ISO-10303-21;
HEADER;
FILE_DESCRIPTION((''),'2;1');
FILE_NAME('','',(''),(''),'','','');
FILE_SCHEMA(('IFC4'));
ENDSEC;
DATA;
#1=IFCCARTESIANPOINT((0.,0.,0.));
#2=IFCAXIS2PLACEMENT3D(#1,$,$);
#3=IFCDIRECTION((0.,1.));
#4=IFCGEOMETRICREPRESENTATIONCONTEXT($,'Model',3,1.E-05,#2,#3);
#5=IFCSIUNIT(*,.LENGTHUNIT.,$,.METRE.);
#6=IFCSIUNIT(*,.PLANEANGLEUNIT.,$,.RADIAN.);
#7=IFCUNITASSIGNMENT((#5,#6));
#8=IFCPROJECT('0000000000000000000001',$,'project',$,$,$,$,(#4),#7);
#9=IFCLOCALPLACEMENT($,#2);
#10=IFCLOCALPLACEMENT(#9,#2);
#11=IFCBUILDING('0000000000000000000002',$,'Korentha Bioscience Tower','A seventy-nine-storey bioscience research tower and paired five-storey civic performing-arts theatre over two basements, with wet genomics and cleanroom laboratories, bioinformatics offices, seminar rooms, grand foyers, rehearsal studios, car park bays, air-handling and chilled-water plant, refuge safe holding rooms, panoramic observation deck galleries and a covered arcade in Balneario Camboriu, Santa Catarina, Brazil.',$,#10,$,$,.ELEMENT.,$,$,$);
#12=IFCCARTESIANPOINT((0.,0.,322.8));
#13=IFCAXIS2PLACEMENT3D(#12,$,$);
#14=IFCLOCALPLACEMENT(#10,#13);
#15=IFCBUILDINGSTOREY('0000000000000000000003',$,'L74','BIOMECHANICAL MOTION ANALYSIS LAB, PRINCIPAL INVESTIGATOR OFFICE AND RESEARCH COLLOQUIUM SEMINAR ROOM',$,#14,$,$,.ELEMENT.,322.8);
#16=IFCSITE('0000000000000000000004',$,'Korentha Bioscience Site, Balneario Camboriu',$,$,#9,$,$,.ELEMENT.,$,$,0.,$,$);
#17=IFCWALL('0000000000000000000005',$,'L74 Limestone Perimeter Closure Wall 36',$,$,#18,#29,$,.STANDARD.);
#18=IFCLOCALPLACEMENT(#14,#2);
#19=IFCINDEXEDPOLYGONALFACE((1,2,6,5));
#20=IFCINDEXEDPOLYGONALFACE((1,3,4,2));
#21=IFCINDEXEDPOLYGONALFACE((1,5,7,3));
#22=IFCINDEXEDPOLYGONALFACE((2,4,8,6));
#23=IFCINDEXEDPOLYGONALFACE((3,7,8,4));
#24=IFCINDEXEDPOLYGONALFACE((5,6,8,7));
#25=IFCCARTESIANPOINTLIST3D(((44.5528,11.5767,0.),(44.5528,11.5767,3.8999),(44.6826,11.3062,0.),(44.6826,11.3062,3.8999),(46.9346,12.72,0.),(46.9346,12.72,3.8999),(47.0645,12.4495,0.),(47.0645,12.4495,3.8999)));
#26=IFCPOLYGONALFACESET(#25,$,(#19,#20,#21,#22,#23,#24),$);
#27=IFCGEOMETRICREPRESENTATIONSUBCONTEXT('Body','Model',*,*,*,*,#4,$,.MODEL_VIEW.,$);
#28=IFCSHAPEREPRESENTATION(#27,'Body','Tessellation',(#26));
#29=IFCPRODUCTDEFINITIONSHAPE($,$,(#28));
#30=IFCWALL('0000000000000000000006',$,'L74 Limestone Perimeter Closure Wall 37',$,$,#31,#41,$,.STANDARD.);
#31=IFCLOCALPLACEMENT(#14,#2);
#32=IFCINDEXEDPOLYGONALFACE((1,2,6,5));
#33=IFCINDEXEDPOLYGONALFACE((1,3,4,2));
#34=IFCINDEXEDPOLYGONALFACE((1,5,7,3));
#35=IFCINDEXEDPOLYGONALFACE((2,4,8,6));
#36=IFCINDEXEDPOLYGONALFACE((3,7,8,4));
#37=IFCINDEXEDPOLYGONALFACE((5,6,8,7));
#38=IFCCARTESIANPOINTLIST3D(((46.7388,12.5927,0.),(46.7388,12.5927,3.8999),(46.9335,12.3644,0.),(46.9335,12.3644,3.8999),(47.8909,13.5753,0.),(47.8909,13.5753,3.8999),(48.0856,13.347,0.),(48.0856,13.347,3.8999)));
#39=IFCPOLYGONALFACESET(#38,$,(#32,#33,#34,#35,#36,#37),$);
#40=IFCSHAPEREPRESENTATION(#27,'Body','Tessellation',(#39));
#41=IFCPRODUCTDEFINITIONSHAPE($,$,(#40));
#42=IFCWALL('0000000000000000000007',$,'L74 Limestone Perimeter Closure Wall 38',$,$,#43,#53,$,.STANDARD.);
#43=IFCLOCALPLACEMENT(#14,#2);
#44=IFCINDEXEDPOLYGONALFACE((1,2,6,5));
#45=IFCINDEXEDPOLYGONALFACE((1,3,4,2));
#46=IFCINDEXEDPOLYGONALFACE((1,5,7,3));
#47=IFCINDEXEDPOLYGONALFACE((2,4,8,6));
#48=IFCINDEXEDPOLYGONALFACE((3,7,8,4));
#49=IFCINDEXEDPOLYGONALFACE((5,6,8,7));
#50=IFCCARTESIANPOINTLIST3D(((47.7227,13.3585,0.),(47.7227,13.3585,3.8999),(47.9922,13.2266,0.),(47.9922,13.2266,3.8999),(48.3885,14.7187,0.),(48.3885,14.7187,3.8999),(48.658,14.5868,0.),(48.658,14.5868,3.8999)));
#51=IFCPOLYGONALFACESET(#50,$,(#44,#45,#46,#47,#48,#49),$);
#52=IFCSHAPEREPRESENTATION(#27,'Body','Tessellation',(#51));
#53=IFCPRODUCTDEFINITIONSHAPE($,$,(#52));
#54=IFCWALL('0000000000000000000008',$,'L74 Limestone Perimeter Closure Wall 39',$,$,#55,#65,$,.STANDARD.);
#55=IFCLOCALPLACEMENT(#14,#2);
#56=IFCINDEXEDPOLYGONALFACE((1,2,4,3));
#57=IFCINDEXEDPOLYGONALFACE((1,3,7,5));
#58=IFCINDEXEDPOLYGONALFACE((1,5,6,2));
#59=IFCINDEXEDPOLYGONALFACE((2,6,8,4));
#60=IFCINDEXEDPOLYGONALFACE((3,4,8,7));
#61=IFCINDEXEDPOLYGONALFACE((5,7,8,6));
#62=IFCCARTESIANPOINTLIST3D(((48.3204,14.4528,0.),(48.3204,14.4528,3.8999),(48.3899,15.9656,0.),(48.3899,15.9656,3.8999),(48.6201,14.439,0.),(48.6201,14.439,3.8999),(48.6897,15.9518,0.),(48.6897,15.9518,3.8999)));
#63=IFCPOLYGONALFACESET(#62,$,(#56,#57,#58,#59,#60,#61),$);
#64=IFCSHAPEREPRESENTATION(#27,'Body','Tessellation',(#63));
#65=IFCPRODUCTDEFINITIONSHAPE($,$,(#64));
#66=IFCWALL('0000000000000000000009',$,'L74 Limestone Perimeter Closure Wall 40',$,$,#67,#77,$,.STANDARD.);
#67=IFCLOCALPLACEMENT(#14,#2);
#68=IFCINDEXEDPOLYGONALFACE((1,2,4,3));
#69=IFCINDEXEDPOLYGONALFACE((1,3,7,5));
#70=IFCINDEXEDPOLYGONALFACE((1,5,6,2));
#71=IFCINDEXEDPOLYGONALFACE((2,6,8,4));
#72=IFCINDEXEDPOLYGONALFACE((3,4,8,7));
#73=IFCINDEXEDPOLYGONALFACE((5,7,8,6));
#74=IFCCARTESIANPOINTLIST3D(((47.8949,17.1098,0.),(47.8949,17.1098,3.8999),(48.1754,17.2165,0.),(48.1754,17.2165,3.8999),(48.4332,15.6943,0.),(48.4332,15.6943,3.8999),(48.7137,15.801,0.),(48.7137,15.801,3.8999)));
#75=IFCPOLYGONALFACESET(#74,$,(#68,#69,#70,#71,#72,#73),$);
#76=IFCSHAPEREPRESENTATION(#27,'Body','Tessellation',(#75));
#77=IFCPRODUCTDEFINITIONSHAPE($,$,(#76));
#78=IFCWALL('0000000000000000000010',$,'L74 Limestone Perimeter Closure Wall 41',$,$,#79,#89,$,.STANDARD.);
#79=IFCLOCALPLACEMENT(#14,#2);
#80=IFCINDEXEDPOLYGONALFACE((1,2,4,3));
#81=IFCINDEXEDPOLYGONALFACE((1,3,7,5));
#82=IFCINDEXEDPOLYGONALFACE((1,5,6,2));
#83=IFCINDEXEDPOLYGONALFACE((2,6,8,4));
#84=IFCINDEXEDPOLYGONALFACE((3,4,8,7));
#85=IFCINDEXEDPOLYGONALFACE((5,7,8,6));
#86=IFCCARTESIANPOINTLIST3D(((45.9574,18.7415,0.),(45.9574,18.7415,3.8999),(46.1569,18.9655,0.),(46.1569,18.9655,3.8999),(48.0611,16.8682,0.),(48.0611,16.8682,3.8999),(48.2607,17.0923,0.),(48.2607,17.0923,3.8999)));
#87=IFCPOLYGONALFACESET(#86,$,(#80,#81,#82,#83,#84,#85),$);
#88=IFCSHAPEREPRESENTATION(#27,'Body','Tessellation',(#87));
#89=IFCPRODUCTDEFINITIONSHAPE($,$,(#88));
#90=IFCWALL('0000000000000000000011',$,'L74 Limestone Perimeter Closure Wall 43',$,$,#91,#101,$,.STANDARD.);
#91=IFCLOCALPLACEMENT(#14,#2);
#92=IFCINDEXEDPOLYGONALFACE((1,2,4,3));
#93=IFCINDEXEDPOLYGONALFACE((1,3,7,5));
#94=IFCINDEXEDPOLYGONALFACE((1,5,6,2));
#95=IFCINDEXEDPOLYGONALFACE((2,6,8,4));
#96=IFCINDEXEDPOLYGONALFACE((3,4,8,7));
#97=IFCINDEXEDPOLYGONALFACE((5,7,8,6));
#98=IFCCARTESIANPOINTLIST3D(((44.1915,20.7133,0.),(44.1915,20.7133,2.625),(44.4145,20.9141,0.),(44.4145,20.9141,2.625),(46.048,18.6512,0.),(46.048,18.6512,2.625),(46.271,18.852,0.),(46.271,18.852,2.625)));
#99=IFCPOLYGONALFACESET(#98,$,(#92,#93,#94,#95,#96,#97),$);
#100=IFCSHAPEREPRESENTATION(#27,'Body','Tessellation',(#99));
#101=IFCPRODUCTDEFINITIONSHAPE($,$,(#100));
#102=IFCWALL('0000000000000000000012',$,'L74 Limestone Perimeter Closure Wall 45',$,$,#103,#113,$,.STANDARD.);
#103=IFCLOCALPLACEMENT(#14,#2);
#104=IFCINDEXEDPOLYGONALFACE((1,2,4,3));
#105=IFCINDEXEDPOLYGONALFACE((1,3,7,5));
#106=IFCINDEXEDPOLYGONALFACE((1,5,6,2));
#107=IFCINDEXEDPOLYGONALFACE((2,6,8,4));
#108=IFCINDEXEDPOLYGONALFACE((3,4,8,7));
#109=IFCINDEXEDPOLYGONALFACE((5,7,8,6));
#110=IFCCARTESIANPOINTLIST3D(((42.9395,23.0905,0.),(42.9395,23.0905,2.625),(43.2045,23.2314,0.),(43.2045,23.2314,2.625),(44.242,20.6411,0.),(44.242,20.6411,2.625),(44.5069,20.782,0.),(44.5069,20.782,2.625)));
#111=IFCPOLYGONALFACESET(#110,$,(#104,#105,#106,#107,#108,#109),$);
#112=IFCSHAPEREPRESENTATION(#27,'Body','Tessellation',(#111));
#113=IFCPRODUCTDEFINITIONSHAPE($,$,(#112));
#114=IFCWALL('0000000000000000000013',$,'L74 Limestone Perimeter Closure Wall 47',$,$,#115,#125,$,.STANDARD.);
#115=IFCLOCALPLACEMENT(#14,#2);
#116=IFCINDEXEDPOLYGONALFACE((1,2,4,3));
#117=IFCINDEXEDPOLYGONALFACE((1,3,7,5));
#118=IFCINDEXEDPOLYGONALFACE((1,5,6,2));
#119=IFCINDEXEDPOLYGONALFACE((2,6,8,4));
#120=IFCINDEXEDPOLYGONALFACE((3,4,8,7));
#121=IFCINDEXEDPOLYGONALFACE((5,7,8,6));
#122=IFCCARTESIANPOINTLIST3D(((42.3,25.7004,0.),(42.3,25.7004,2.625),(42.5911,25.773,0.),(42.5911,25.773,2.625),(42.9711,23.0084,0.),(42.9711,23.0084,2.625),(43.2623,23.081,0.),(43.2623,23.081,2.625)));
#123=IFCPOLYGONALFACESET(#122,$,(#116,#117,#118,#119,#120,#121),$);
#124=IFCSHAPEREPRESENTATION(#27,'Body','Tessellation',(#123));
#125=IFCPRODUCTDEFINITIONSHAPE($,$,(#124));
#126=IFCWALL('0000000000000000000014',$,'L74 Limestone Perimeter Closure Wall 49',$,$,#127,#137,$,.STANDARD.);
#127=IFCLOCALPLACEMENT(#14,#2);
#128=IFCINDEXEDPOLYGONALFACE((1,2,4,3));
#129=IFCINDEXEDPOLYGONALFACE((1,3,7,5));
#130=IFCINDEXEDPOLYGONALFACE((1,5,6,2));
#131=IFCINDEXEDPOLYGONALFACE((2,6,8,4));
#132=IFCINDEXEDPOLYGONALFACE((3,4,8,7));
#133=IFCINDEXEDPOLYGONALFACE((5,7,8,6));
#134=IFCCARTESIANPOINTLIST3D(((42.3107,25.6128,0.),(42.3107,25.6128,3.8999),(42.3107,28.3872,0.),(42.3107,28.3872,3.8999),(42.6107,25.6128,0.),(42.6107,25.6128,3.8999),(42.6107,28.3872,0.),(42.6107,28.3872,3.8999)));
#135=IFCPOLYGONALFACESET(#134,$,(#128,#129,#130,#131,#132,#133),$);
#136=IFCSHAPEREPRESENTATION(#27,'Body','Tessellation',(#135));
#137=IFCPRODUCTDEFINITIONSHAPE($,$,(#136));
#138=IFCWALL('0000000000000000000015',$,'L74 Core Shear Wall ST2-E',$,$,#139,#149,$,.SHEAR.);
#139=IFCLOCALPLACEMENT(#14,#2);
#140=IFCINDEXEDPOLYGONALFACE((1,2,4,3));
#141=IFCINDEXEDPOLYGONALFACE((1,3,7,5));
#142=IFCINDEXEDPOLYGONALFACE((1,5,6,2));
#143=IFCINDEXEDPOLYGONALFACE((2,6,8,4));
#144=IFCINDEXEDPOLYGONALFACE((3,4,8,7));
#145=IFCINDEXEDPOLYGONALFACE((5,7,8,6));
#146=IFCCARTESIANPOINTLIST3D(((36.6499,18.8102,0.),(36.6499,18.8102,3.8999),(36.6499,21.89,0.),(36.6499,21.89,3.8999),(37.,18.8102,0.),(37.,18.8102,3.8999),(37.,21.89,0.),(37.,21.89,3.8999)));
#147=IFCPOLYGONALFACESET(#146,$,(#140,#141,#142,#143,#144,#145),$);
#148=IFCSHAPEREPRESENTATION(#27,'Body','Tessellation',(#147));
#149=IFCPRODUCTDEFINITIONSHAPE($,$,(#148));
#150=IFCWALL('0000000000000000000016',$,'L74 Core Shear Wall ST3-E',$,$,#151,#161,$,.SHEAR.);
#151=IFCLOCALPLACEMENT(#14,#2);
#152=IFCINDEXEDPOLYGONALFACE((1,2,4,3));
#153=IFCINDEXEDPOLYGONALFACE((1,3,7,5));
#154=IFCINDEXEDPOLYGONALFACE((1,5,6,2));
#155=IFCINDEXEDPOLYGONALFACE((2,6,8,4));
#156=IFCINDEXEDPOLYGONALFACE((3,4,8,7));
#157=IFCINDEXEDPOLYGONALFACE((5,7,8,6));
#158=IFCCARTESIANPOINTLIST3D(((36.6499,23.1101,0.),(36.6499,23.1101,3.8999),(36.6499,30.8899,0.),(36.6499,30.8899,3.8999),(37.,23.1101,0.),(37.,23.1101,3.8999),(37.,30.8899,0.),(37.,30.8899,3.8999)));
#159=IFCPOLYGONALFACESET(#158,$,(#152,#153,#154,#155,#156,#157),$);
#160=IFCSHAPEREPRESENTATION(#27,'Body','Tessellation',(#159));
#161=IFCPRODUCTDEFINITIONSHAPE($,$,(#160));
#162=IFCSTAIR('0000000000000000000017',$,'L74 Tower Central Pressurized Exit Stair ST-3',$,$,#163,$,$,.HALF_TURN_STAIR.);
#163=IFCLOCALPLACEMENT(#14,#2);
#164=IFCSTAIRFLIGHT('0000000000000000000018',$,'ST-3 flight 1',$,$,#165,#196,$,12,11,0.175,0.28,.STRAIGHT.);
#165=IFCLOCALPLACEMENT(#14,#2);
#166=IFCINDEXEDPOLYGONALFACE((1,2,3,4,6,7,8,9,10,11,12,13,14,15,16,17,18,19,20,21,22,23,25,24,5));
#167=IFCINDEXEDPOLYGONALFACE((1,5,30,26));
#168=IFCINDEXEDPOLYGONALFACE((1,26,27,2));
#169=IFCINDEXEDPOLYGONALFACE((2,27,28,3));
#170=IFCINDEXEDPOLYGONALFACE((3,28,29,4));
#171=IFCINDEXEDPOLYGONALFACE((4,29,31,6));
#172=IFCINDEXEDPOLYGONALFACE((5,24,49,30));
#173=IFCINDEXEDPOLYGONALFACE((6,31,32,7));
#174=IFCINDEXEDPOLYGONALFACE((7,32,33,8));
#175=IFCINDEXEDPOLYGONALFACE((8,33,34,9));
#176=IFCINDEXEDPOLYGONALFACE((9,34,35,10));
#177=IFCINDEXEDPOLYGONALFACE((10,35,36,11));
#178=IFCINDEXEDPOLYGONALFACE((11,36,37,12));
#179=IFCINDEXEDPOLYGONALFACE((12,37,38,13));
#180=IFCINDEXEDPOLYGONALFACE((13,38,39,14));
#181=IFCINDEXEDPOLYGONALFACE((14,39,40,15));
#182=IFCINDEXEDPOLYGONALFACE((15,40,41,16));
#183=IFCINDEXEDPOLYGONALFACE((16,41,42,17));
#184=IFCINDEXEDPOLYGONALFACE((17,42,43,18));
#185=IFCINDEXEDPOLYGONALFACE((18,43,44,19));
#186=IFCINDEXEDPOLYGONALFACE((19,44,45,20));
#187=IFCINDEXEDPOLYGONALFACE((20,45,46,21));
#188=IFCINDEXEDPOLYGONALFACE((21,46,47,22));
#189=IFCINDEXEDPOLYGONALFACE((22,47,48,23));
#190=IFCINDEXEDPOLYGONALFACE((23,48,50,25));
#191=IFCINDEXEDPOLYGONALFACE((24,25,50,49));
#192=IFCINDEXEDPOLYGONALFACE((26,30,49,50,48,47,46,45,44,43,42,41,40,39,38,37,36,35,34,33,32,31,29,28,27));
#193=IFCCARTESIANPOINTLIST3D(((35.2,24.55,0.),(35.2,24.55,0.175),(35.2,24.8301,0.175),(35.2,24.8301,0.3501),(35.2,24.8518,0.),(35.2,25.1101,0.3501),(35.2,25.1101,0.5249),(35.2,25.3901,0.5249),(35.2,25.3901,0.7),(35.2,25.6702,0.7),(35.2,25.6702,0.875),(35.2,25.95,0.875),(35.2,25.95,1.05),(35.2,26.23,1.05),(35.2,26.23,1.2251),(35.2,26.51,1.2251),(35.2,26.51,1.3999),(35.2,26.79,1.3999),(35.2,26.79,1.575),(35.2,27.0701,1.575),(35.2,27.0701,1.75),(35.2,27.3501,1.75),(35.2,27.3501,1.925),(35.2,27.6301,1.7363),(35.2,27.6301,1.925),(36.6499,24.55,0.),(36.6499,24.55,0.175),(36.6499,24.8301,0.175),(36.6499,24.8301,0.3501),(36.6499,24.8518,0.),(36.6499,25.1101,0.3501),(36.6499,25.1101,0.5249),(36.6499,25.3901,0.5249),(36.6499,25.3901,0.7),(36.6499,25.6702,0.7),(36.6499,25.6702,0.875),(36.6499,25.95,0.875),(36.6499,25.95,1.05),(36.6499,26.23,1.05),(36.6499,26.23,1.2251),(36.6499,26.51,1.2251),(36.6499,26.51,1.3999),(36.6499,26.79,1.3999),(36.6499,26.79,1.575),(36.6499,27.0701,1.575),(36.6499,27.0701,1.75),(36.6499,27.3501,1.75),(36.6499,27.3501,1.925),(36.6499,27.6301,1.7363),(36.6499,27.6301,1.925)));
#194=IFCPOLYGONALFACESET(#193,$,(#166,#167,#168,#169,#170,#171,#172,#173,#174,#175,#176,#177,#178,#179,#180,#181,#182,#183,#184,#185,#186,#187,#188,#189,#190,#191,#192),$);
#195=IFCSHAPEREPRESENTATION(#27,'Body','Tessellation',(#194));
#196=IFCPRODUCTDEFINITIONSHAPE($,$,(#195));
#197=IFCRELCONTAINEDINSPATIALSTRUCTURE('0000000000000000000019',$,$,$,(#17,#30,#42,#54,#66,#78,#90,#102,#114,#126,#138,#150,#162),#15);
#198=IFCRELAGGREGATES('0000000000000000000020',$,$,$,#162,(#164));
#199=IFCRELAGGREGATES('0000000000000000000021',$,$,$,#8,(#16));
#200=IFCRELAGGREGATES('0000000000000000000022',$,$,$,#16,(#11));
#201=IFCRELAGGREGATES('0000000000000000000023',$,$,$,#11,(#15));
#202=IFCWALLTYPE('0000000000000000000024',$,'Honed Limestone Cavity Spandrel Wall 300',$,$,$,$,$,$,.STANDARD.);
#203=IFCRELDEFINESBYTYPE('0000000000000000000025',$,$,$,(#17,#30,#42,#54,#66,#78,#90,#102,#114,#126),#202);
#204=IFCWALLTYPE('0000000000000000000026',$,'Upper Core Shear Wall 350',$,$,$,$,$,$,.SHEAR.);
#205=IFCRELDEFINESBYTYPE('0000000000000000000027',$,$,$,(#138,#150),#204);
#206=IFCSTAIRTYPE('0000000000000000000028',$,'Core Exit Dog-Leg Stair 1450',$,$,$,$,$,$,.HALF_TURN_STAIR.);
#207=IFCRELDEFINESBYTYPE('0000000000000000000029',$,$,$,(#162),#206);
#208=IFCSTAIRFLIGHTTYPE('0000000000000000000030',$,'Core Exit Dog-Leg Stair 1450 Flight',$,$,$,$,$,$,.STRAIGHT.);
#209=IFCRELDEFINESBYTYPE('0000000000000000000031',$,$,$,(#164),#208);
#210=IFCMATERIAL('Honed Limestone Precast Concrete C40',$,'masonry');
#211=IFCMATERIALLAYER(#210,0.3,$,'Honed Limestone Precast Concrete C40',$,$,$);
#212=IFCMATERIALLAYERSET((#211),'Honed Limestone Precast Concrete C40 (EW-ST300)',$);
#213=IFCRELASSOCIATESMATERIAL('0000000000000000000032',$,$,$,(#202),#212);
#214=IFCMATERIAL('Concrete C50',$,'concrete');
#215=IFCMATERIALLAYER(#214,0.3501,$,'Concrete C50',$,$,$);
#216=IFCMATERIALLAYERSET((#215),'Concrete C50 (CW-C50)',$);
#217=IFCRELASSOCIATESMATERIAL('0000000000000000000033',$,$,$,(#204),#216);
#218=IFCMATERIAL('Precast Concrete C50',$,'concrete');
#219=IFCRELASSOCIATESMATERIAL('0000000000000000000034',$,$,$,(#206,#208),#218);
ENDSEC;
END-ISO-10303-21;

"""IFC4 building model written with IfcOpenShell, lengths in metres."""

from ifc_helpers import new_model, si_unit, direction, frame, frame_2d, origin, place, context, subcontext, project, spatial, polyline, rectangle, outline, extrude, material, layer, layer_set, type_object, element, aggregate, save


model = new_model("IFC4")

# Units and contexts
model_context = context("Model", 3, precision=1e-05, world=origin(), true_north=direction((0.0, 1.0)))
body_context = subcontext(model_context, "Body", "Model", "MODEL_VIEW")
ifc_project = project(units=[si_unit("LENGTHUNIT", "METRE"), si_unit("PLANEANGLEUNIT", "RADIAN")], contexts=[model_context])

# Site, building, storey
site_placement = place(None, origin())
site = spatial("IfcSite", under=ifc_project, at=site_placement, Name="Korentha Bioscience Site, Balneario Camboriu", CompositionType="ELEMENT", RefElevation=0.0)
building_placement = place(site_placement, origin())
building = spatial("IfcBuilding", under=site, at=building_placement, Name="Korentha Bioscience Tower", Description="A seventy-nine-storey bioscience research tower and paired five-storey civic performing-arts theatre over two basements, with wet genomics and cleanroom laboratories, bioinformatics offices, seminar rooms, grand foyers, rehearsal studios, car park bays, air-handling and chilled-water plant, refuge safe holding rooms, panoramic observation deck galleries and a covered arcade in Balneario Camboriu, Santa Catarina, Brazil.", CompositionType="ELEMENT")
storey_placement = place(building_placement, frame((0.0, 0.0, 322.8)))
storey = spatial("IfcBuildingStorey", under=building, at=storey_placement, Name="L74", Description="BIOMECHANICAL MOTION ANALYSIS LAB, PRINCIPAL INVESTIGATOR OFFICE AND RESEARCH COLLOQUIUM SEMINAR ROOM", CompositionType="ELEMENT", Elevation=322.8)

# Shared definitions
ifc_material_1 = material(Name="Concrete C50", Category="concrete")

# Walls
ifc_material_2 = material(Name="Honed Limestone Precast Concrete C40", Category="masonry")
ifc_layer_1 = layer(ifc_material_2, 0.3, Name="Honed Limestone Precast Concrete C40")
ifc_layer_set_1 = layer_set([ifc_layer_1], Name="Honed Limestone Precast Concrete C40 (EW-ST300)")
wall_type_1 = type_object("IfcWallType", Name="Honed Limestone Cavity Spandrel Wall 300", PredefinedType="STANDARD", material=ifc_layer_set_1)
wall_1_placement = place(storey_placement, frame((44.6177, 11.4414, 0.0), z_axis=(0.0, 0.0, 1.0), x_axis=(0.901519, 0.43274, 0.0)))
element("IfcWall", 1, at=wall_1_placement, inside=storey, type_object=wall_type_1, Name="L74 Limestone Perimeter Closure Wall 36", PredefinedType="STANDARD", context=body_context, shape_type="SweptSolid", body=[
    extrude(rectangle(XDim=2.6421, YDim=0.3, at=frame_2d((1.321, 0.0))), origin(), (0.0, 0.0, 1.0), 3.8999),
])
wall_2_placement = place(storey_placement, frame((46.8362, 12.4785, 0.0), z_axis=(0.0, 0.0, 1.0), x_axis=(0.760836, 0.648944, 0.0)))
element("IfcWall", 2, at=wall_2_placement, inside=storey, type_object=wall_type_1, Name="L74 Limestone Perimeter Closure Wall 37", PredefinedType="STANDARD", context=body_context, shape_type="SweptSolid", body=[
    extrude(rectangle(XDim=1.5142, YDim=0.3, at=frame_2d((0.7571, 0.0))), origin(), (0.0, 0.0, 1.0), 3.8999),
])
for number, where, z_axis, x_axis, name in (
    (3, (47.8574, 13.2925, 0.0), (0.0, 0.0, 1.0), (0.439652, 0.898168, 0.0), "L74 Limestone Perimeter Closure Wall 38"),
    (4, (48.4702, 14.4458, 0.0), (0.0, 0.0, 1.0), (0.045949, 0.998944, 0.0), "L74 Limestone Perimeter Closure Wall 39"),
    (5, (48.5735, 15.7476, 0.0), (0.0, 0.0, 1.0), (-0.355466, 0.934689, 0.0), "L74 Limestone Perimeter Closure Wall 40"),
):
    element("IfcWall", number, at=place(storey_placement, frame(where, z_axis=z_axis, x_axis=x_axis)), inside=storey, type_object=wall_type_1, Name=name, PredefinedType="STANDARD", context=body_context, shape_type="SweptSolid", body=[
        extrude(rectangle(XDim=1.5144, YDim=0.3, at=frame_2d((0.7573, 0.0))), origin(), (0.0, 0.0, 1.0), 3.8999),
    ])
wall_3_placement = place(storey_placement, frame((48.1609, 16.9802, 0.0), z_axis=(0.0, 0.0, 1.0), x_axis=(-0.74683, 0.665015, 0.0)))
element("IfcWall", 6, at=wall_3_placement, inside=storey, type_object=wall_type_1, Name="L74 Limestone Perimeter Closure Wall 41", PredefinedType="STANDARD", context=body_context, shape_type="SweptSolid", body=[
    extrude(rectangle(XDim=2.8169, YDim=0.3, at=frame_2d((1.4084, 0.0))), origin(), (0.0, 0.0, 1.0), 3.8999),
])
wall_4_placement = place(storey_placement, frame((46.1594, 18.7517, 0.0), z_axis=(0.0, 0.0, 1.0), x_axis=(-0.669091, 0.74318, 0.0)))
element("IfcWall", 7, at=wall_4_placement, inside=storey, type_object=wall_type_1, Name="L74 Limestone Perimeter Closure Wall 43", PredefinedType="STANDARD", context=body_context, shape_type="SweptSolid", body=[
    extrude(rectangle(XDim=2.7747, YDim=0.3, at=frame_2d((1.3872, 0.0))), origin(), (0.0, 0.0, 1.0), 2.625),
])
wall_5_placement = place(storey_placement, frame((44.3745, 20.7114, 0.0), z_axis=(0.0, 0.0, 1.0), x_axis=(-0.469496, 0.882934, 0.0)))
element("IfcWall", 8, at=wall_5_placement, inside=storey, type_object=wall_type_1, Name="L74 Limestone Perimeter Closure Wall 45", PredefinedType="STANDARD", context=body_context, shape_type="SweptSolid", body=[
    extrude(rectangle(XDim=2.7742, YDim=0.3, at=frame_2d((1.3872, 0.0))), origin(), (0.0, 0.0, 1.0), 2.625),
])
wall_6_placement = place(storey_placement, frame((43.1167, 23.0447, 0.0), z_axis=(0.0, 0.0, 1.0), x_axis=(-0.241914, 0.970298, 0.0)))
element("IfcWall", 9, at=wall_6_placement, inside=storey, type_object=wall_type_1, Name="L74 Limestone Perimeter Closure Wall 47", PredefinedType="STANDARD", context=body_context, shape_type="SweptSolid", body=[
    extrude(rectangle(XDim=2.7744, YDim=0.3, at=frame_2d((1.3872, 0.0))), origin(), (0.0, 0.0, 1.0), 2.625),
])
wall_7_placement = place(storey_placement, frame((42.4607, 25.6128, 0.0), z_axis=(0.0, 0.0, 1.0), x_axis=(0.0, 1.0, 0.0)))
element("IfcWall", 10, at=wall_7_placement, inside=storey, type_object=wall_type_1, Name="L74 Limestone Perimeter Closure Wall 49", PredefinedType="STANDARD", context=body_context, shape_type="SweptSolid", body=[
    extrude(rectangle(XDim=2.7744, YDim=0.3, at=frame_2d((1.3872, 0.0))), origin(), (0.0, 0.0, 1.0), 3.8999),
])
ifc_layer_2 = layer(ifc_material_1, 0.3501, Name="Concrete C50")
ifc_layer_set_2 = layer_set([ifc_layer_2], Name="Concrete C50 (CW-C50)")
wall_type_2 = type_object("IfcWallType", Name="Upper Core Shear Wall 350", PredefinedType="SHEAR", material=ifc_layer_set_2)
wall_8_placement = place(storey_placement, frame((36.825, 18.8101, 0.0), z_axis=(0.0, 0.0, 1.0), x_axis=(0.0, 1.0, 0.0)))
element("IfcWall", 11, at=wall_8_placement, inside=storey, type_object=wall_type_2, Name="L74 Core Shear Wall ST2-E", PredefinedType="SHEAR", context=body_context, shape_type="SweptSolid", body=[
    extrude(rectangle(XDim=3.0798, YDim=0.3501, at=frame_2d((1.54, 0.0))), origin(), (0.0, 0.0, 1.0), 3.8999),
])
wall_9_placement = place(storey_placement, frame((36.825, 23.1101, 0.0), z_axis=(0.0, 0.0, 1.0), x_axis=(0.0, 1.0, 0.0)))
element("IfcWall", 12, at=wall_9_placement, inside=storey, type_object=wall_type_2, Name="L74 Core Shear Wall ST3-E", PredefinedType="SHEAR", context=body_context, shape_type="SweptSolid", body=[
    extrude(rectangle(XDim=7.7798, YDim=0.3501, at=frame_2d((3.8899, 0.0))), origin(), (0.0, 0.0, 1.0), 3.8999),
])

# Stair, stair flight
ifc_material_3 = material(Name="Precast Concrete C50", Category="concrete")
stair_type = type_object("IfcStairType", Name="Core Exit Dog-Leg Stair 1450", PredefinedType="HALF_TURN_STAIR", material=ifc_material_3)
stair_placement = place(storey_placement, origin())
stair = element("IfcStair", 13, at=stair_placement, inside=storey, type_object=stair_type, Name="L74 Tower Central Pressurized Exit Stair ST-3", PredefinedType="HALF_TURN_STAIR")
stair_flight_type = type_object("IfcStairFlightType", Name="Core Exit Dog-Leg Stair 1450 Flight", PredefinedType="STRAIGHT", material=ifc_material_3)
stair_flight_placement = place(storey_placement, frame((35.925, 24.55, 0.0), z_axis=(0.0, 0.0, 1.0), x_axis=(0.0, 1.0, 0.0)))
stair_flight = element("IfcStairFlight", 14, at=stair_flight_placement, type_object=stair_flight_type, Name="ST-3 flight 1", NumberOfRisers=12, NumberOfTreads=11, PredefinedType="STRAIGHT", RiserHeight=0.175, TreadLength=0.28, context=body_context, shape_type="SweptSolid", body=[
    extrude(outline(polyline([(0.0, 0.0), (0.0, 0.175), (0.28, 0.175), (0.28, 0.3501), (0.5601, 0.3501), (0.5601, 0.5249), (0.8401, 0.5249), (0.8401, 0.7), (1.1201, 0.7), (1.1201, 0.875), (1.3999, 0.875), (1.3999, 1.05), (1.6799, 1.05), (1.6799, 1.2251), (1.96, 1.2251), (1.96, 1.3999), (2.24, 1.3999), (2.24, 1.575), (2.52, 1.575), (2.52, 1.75), (2.8, 1.75), (2.8, 1.925), (3.0801, 1.925), (3.0801, 2.1001), (3.0801, 1.7363), (0.3018, 0.0), (0.0, 0.0)])), frame((0.0, 0.7251, 0.0), z_axis=(0.0, -1.0, 0.0), x_axis=(1.0, 0.0, 0.0)), (0.0, 0.0, 1.0), 1.45),
])
aggregate(stair, [stair_flight])

save(model, "model.ifc")
